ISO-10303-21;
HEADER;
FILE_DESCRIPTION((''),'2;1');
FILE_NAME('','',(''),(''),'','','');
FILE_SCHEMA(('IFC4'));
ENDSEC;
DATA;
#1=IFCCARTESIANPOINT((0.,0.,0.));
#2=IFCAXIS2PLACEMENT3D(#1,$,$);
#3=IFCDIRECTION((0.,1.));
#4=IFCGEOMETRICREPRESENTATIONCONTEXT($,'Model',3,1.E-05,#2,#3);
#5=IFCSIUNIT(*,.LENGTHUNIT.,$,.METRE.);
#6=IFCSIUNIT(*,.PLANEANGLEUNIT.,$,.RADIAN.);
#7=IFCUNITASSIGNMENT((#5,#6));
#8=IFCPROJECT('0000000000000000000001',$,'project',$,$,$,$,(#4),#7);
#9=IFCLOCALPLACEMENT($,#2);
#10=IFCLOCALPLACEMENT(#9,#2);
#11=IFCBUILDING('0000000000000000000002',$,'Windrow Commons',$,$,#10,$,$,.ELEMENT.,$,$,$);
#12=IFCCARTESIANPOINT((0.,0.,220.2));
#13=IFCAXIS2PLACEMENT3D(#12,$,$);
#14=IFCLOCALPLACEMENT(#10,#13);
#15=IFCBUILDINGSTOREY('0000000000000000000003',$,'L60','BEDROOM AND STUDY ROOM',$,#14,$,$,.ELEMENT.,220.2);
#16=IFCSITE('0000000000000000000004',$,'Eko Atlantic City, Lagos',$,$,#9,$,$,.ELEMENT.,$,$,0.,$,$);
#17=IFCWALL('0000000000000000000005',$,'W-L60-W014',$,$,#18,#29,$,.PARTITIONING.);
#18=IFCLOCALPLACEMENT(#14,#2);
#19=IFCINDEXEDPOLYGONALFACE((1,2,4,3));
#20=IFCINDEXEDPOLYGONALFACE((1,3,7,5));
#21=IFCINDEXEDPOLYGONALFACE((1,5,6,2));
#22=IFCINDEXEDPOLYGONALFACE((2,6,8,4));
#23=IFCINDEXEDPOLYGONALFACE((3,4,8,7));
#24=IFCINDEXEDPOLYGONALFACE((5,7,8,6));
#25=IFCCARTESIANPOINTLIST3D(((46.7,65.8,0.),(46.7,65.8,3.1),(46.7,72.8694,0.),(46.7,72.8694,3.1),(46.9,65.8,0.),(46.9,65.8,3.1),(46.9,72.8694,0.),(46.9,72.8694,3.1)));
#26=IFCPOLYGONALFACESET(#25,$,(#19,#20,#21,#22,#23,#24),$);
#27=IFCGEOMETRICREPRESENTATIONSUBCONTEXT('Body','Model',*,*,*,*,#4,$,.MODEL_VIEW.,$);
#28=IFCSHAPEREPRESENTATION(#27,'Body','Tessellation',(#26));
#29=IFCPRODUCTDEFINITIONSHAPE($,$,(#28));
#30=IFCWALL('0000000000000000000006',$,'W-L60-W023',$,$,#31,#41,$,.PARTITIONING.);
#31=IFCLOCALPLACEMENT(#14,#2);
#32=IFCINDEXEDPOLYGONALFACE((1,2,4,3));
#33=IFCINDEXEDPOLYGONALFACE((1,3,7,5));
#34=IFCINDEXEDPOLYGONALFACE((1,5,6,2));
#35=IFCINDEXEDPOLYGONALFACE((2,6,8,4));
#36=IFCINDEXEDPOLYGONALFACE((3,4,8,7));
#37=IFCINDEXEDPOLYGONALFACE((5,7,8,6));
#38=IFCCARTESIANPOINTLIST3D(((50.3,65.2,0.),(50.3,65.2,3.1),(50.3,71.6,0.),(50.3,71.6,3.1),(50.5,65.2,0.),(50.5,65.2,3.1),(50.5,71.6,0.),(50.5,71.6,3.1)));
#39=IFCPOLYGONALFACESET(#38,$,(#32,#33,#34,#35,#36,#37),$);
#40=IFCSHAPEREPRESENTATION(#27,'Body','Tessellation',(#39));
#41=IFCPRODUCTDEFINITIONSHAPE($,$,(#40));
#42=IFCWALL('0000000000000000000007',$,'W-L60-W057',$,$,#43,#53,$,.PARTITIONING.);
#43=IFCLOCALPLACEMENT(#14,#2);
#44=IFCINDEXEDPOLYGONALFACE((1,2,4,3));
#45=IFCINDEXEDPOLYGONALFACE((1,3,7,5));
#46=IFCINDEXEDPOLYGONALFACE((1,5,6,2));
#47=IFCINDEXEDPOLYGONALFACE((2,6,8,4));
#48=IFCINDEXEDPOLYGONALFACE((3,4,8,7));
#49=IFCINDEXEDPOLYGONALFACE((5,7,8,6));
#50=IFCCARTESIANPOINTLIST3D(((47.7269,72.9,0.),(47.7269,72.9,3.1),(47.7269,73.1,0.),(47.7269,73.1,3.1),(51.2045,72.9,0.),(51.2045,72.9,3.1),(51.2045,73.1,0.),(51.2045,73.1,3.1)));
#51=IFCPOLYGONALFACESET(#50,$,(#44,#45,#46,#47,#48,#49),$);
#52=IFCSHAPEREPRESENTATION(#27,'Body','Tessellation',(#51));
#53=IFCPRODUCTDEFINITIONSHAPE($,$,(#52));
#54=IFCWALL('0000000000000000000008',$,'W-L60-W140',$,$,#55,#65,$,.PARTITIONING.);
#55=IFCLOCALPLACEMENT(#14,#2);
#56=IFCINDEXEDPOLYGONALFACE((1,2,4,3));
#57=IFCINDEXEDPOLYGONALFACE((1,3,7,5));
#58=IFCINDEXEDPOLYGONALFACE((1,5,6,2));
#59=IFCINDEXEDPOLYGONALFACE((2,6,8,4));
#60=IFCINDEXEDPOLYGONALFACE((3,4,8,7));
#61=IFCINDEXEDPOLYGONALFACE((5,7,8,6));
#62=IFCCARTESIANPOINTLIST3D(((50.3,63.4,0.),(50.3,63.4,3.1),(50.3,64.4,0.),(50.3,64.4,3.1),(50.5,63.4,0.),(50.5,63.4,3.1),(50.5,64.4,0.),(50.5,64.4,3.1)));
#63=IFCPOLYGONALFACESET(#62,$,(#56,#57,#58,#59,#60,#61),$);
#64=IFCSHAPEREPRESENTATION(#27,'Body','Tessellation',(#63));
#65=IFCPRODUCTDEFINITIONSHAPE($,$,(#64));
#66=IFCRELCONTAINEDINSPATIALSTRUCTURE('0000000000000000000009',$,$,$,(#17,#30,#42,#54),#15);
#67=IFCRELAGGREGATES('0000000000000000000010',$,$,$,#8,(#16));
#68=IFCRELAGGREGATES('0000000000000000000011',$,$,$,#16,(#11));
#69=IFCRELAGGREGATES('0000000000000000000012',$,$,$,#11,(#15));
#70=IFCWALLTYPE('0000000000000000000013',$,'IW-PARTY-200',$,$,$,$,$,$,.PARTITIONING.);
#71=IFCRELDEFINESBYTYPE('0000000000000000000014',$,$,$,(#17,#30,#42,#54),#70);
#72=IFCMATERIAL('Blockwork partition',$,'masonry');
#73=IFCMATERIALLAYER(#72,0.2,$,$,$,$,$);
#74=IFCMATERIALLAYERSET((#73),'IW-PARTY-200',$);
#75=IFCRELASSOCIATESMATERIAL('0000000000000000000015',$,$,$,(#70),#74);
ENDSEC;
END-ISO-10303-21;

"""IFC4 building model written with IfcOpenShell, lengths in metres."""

from ifc_helpers import new_model, si_unit, direction, frame, frame_2d, origin, place, context, subcontext, project, spatial, rectangle, extrude, material, layer, layer_set, type_object, element, save


model = new_model("IFC4")

# Units and contexts
model_context = context("Model", 3, precision=1e-05, world=origin(), true_north=direction((0.0, 1.0)))
body_context = subcontext(model_context, "Body", "Model", "MODEL_VIEW")
ifc_project = project(units=[si_unit("LENGTHUNIT", "METRE"), si_unit("PLANEANGLEUNIT", "RADIAN")], contexts=[model_context])

# Site, building, storey
site_placement = place(None, origin())
site = spatial("IfcSite", under=ifc_project, at=site_placement, Name="Eko Atlantic City, Lagos", CompositionType="ELEMENT", RefElevation=0.0)
building_placement = place(site_placement, origin())
building = spatial("IfcBuilding", under=site, at=building_placement, Name="Windrow Commons", CompositionType="ELEMENT")
storey_placement = place(building_placement, frame((0.0, 0.0, 220.2)))
storey = spatial("IfcBuildingStorey", under=building, at=storey_placement, Name="L60", Description="BEDROOM AND STUDY ROOM", CompositionType="ELEMENT", Elevation=220.2)

# Walls
ifc_material_1 = material(Name="Blockwork partition", Category="masonry")
ifc_layer_1 = layer(ifc_material_1, 0.2)
ifc_layer_set_1 = layer_set([ifc_layer_1], Name="IW-PARTY-200")
wall_type_1 = type_object("IfcWallType", Name="IW-PARTY-200", PredefinedType="PARTITIONING", material=ifc_layer_set_1)
wall_1_placement = place(storey_placement, frame((46.8, 65.8, 0.0), z_axis=(0.0, 0.0, 1.0), x_axis=(0.0, 1.0, 0.0)))
element("IfcWall", 1, at=wall_1_placement, inside=storey, type_object=wall_type_1, Name="W-L60-W014", PredefinedType="PARTITIONING", context=body_context, shape_type="SweptSolid", body=[
    extrude(rectangle(XDim=7.0694, YDim=0.2, at=frame_2d((3.5347, 0.0))), origin(), (0.0, 0.0, 1.0), 3.1),
])
wall_2_placement = place(storey_placement, frame((50.4, 65.2, 0.0), z_axis=(0.0, 0.0, 1.0), x_axis=(0.0, 1.0, 0.0)))
element("IfcWall", 2, at=wall_2_placement, inside=storey, type_object=wall_type_1, Name="W-L60-W023", PredefinedType="PARTITIONING", context=body_context, shape_type="SweptSolid", body=[
    extrude(rectangle(XDim=6.4, YDim=0.2, at=frame_2d((3.2, 0.0))), origin(), (0.0, 0.0, 1.0), 3.1),
])
wall_3_placement = place(storey_placement, frame((47.7269, 73.0, 0.0), z_axis=(0.0, 0.0, 1.0), x_axis=(1.0, 0.0, 0.0)))
element("IfcWall", 3, at=wall_3_placement, inside=storey, type_object=wall_type_1, Name="W-L60-W057", PredefinedType="PARTITIONING", context=body_context, shape_type="SweptSolid", body=[
    extrude(rectangle(XDim=3.4776, YDim=0.2, at=frame_2d((1.7388, 0.0))), origin(), (0.0, 0.0, 1.0), 3.1),
])
wall_4_placement = place(storey_placement, frame((50.4, 63.4, 0.0), z_axis=(0.0, 0.0, 1.0), x_axis=(0.0, 1.0, 0.0)))
element("IfcWall", 4, at=wall_4_placement, inside=storey, type_object=wall_type_1, Name="W-L60-W140", PredefinedType="PARTITIONING", context=body_context, shape_type="SweptSolid", body=[
    extrude(rectangle(XDim=1.0, YDim=0.2, at=frame_2d((0.5, 0.0))), origin(), (0.0, 0.0, 1.0), 3.1),
])

save(model, "model.ifc")
